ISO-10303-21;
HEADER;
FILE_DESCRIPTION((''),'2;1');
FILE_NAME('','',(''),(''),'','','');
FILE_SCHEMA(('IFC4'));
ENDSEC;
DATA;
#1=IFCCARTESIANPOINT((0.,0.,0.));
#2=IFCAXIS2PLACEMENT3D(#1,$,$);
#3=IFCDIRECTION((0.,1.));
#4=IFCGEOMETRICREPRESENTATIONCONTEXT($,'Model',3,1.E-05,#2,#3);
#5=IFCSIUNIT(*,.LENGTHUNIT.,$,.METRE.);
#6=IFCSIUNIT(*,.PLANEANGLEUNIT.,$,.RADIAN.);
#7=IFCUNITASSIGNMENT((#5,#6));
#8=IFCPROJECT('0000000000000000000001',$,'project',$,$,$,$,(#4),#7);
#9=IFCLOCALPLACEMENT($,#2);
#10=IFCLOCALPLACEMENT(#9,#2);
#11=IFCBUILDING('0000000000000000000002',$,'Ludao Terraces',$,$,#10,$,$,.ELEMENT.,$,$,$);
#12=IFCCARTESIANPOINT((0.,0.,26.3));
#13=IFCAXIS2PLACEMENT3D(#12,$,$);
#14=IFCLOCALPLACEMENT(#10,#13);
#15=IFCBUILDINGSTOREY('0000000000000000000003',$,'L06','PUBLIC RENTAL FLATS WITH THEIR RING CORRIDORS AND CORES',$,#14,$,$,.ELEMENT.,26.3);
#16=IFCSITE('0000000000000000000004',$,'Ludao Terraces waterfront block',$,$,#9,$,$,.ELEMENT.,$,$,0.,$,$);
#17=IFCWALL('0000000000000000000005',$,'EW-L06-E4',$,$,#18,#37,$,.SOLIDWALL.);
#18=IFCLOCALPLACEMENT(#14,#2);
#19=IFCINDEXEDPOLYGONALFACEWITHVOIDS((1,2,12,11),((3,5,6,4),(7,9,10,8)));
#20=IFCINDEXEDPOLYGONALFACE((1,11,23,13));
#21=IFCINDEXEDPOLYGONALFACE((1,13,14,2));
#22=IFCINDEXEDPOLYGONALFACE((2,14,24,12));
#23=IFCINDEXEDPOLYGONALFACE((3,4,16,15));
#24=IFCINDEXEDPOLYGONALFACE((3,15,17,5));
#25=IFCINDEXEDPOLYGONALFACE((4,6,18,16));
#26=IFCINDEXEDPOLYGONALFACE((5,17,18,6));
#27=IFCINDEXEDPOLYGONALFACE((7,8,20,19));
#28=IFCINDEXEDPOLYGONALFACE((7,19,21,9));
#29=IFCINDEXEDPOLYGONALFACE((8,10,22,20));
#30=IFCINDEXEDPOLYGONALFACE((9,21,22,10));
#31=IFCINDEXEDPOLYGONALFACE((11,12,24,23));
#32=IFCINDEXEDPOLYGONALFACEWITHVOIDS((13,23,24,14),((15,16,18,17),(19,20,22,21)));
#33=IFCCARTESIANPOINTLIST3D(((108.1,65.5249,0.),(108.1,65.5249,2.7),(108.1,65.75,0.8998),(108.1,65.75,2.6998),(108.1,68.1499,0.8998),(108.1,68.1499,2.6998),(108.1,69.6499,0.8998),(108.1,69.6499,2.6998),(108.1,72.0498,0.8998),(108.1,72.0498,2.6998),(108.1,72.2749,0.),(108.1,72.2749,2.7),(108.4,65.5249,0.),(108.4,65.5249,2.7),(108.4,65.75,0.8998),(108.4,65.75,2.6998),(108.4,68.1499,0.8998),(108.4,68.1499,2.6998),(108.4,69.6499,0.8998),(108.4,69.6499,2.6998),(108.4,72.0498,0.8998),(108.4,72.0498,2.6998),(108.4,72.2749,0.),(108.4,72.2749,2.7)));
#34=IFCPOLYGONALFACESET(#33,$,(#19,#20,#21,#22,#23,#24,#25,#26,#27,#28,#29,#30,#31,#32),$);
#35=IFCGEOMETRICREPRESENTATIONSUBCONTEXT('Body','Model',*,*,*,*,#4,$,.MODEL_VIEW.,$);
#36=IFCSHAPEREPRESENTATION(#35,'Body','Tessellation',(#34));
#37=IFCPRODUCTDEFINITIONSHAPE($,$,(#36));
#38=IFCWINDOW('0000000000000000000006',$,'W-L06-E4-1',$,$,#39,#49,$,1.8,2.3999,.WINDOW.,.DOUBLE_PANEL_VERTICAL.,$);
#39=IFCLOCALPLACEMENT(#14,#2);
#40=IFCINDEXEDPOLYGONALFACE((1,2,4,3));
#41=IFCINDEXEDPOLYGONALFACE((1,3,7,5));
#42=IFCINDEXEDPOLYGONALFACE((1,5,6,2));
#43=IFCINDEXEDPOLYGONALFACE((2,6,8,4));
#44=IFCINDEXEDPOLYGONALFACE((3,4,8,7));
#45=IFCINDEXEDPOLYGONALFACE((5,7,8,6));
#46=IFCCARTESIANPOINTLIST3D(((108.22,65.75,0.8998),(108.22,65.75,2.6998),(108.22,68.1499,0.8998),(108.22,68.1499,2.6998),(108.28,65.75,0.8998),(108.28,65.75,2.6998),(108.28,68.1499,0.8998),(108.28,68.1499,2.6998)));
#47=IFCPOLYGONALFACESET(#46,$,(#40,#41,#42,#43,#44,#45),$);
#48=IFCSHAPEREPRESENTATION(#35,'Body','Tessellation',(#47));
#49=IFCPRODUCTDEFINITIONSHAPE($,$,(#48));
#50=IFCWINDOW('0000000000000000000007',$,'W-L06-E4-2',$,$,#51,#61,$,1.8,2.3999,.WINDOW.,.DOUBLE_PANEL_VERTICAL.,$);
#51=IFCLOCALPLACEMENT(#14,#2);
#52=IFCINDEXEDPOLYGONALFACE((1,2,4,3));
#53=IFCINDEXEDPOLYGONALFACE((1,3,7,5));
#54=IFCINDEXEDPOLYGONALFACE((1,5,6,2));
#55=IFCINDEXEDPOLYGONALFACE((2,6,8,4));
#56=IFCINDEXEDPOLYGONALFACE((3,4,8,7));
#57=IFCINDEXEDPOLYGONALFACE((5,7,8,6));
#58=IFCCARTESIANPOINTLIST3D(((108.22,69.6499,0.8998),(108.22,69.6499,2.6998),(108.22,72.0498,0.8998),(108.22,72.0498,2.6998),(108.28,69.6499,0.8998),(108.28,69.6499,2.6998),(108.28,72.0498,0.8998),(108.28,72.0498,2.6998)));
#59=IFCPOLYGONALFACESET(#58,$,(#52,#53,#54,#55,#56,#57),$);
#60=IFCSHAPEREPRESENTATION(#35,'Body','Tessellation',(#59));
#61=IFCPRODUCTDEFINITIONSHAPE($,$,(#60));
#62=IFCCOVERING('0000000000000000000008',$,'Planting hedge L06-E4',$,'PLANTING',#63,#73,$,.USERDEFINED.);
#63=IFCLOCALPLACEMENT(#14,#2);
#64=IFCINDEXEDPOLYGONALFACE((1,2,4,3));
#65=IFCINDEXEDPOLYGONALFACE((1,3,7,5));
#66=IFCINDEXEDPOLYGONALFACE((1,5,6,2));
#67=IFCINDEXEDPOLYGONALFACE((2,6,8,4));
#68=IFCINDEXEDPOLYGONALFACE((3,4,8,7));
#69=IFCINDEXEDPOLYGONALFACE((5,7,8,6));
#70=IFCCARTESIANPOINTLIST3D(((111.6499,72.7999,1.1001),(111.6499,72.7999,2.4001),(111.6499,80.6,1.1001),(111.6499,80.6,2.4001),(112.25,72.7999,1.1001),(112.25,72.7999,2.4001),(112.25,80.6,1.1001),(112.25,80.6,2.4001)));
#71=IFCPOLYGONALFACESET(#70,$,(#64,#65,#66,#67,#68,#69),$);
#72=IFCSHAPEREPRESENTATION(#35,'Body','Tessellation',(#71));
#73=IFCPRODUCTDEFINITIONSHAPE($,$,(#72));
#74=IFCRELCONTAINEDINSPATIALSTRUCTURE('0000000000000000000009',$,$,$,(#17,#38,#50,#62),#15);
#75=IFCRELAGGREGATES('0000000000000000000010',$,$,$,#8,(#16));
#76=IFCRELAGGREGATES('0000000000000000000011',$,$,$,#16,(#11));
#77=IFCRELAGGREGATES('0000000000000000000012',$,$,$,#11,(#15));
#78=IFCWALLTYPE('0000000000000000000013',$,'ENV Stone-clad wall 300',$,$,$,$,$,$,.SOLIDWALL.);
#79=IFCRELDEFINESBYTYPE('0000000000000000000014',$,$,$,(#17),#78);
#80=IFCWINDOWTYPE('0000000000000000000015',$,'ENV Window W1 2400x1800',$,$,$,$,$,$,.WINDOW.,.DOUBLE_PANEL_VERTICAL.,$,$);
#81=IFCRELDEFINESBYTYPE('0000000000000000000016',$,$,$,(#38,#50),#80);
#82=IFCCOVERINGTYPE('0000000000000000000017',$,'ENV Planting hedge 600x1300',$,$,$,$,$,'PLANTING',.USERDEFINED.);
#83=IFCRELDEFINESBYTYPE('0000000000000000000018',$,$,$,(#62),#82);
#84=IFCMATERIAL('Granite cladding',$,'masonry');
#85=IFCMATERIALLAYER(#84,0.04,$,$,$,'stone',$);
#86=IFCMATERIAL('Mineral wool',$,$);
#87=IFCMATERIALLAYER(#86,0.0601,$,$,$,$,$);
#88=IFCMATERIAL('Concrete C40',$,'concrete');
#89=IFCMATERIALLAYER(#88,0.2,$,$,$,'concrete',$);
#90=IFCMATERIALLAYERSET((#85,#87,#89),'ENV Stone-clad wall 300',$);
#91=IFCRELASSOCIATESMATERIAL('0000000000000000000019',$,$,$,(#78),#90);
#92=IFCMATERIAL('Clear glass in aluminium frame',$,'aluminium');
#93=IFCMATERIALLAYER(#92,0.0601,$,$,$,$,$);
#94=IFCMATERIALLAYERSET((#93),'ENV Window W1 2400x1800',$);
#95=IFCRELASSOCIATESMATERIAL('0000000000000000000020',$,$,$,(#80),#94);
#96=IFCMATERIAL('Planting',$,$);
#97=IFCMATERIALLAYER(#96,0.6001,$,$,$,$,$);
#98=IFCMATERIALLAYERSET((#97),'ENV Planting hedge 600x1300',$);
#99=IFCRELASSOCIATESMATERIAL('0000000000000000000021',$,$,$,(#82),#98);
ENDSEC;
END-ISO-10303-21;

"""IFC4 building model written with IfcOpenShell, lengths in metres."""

from ifc_helpers import new_model, si_unit, direction, frame, frame_2d, origin, origin_2d, place, context, subcontext, project, spatial, rectangle, extrude, material, layer, layer_set, type_object, element, fill, save


model = new_model("IFC4")

# Units and contexts
model_context = context("Model", 3, precision=1e-05, world=origin(), true_north=direction((0.0, 1.0)))
body_context = subcontext(model_context, "Body", "Model", "MODEL_VIEW")
ifc_project = project(units=[si_unit("LENGTHUNIT", "METRE"), si_unit("PLANEANGLEUNIT", "RADIAN")], contexts=[model_context])

# Site, building, storey
site_placement = place(None, origin())
site = spatial("IfcSite", under=ifc_project, at=site_placement, Name="Ludao Terraces waterfront block", CompositionType="ELEMENT", RefElevation=0.0)
building_placement = place(site_placement, origin())
building = spatial("IfcBuilding", under=site, at=building_placement, Name="Ludao Terraces", CompositionType="ELEMENT")
storey_placement = place(building_placement, frame((0.0, 0.0, 26.3)))
storey = spatial("IfcBuildingStorey", under=building, at=storey_placement, Name="L06", Description="PUBLIC RENTAL FLATS WITH THEIR RING CORRIDORS AND CORES", CompositionType="ELEMENT", Elevation=26.3)

# Shared definitions
ifc_material_1 = material(Name="Concrete C40", Category="concrete")

# Wall, openings, windows
ifc_material_2 = material(Name="Granite cladding", Category="masonry")
ifc_layer_1 = layer(ifc_material_2, 0.04, Category="stone")
ifc_material_3 = material(Name="Mineral wool")
ifc_layer_2 = layer(ifc_material_3, 0.0601)
ifc_layer_3 = layer(ifc_material_1, 0.2, Category="concrete")
ifc_layer_set_1 = layer_set([ifc_layer_1, ifc_layer_2, ifc_layer_3], Name="ENV Stone-clad wall 300")
wall_type_1 = type_object("IfcWallType", Name="ENV Stone-clad wall 300", PredefinedType="SOLIDWALL", material=ifc_layer_set_1)
wall_1_placement = place(storey_placement, frame((108.25, 65.5249, 0.0), z_axis=(0.0, 0.0, 1.0), x_axis=(0.0, 1.0, 0.0)))
wall_1 = element("IfcWall", 1, at=wall_1_placement, inside=storey, type_object=wall_type_1, Name="EW-L06-E4", PredefinedType="SOLIDWALL", context=body_context, shape_type="SweptSolid", body=[
    extrude(rectangle(XDim=6.75, YDim=0.3, at=frame_2d((3.375, 0.0))), origin(), (0.0, 0.0, 1.0), 2.7),
])
opening_1_placement = place(wall_1_placement, frame((0.2251, 0.0, 0.8999)))
opening_1 = element("IfcOpeningElement", 2, at=opening_1_placement, cuts=wall_1, PredefinedType="OPENING", context=body_context, shape_type="SweptSolid", body=[
    extrude(rectangle(XDim=2.3999, YDim=1.8, at=frame_2d((1.2, 0.8999))), frame((0.0, 0.1602, 0.0), z_axis=(0.0, -1.0, 0.0), x_axis=(1.0, 0.0, 0.0)), (0.0, 0.0, 1.0), 0.3201),
])
opening_2_placement = place(wall_1_placement, frame((4.125, 0.0, 0.8999)))
opening_2 = element("IfcOpeningElement", 3, at=opening_2_placement, cuts=wall_1, PredefinedType="OPENING", context=body_context, shape_type="SweptSolid", body=[
    extrude(rectangle(XDim=2.3999, YDim=1.8, at=frame_2d((1.2, 0.8999))), frame((0.0, 0.1602, 0.0), z_axis=(0.0, -1.0, 0.0), x_axis=(1.0, 0.0, 0.0)), (0.0, 0.0, 1.0), 0.3201),
])
ifc_material_4 = material(Name="Clear glass in aluminium frame", Category="aluminium")
ifc_layer_4 = layer(ifc_material_4, 0.0601)
ifc_layer_set_2 = layer_set([ifc_layer_4], Name="ENV Window W1 2400x1800")
window_type = type_object("IfcWindowType", Name="ENV Window W1 2400x1800", PartitioningType="DOUBLE_PANEL_VERTICAL", PredefinedType="WINDOW", material=ifc_layer_set_2)
window_1_placement = place(opening_1_placement, origin())
window_1 = element("IfcWindow", 4, at=window_1_placement, inside=storey, type_object=window_type, Name="W-L06-E4-1", OverallHeight=1.8, OverallWidth=2.3999, PartitioningType="DOUBLE_PANEL_VERTICAL", PredefinedType="WINDOW", context=body_context, shape_type="SweptSolid", body=[
    extrude(rectangle(XDim=2.3999, YDim=1.8, at=frame_2d((1.2, 0.8999))), frame((0.0, 0.03, 0.0), z_axis=(0.0, -1.0, 0.0), x_axis=(1.0, 0.0, 0.0)), (0.0, 0.0, 1.0), 0.0601),
])
fill(opening_1, window_1)
window_2_placement = place(opening_2_placement, origin())
window_2 = element("IfcWindow", 5, at=window_2_placement, inside=storey, type_object=window_type, Name="W-L06-E4-2", OverallHeight=1.8, OverallWidth=2.3999, PartitioningType="DOUBLE_PANEL_VERTICAL", PredefinedType="WINDOW", context=body_context, shape_type="SweptSolid", body=[
    extrude(rectangle(XDim=2.3999, YDim=1.8, at=frame_2d((1.2, 0.8999))), frame((0.0, 0.03, 0.0), z_axis=(0.0, -1.0, 0.0), x_axis=(1.0, 0.0, 0.0)), (0.0, 0.0, 1.0), 0.0601),
])
fill(opening_2, window_2)

# Covering
ifc_material_5 = material(Name="Planting")
ifc_layer_5 = layer(ifc_material_5, 0.6001)
ifc_layer_set_3 = layer_set([ifc_layer_5], Name="ENV Planting hedge 600x1300")
covering_type = type_object("IfcCoveringType", Name="ENV Planting hedge 600x1300", ElementType="PLANTING", PredefinedType="USERDEFINED", material=ifc_layer_set_3)
covering_placement = place(storey_placement, frame((111.95, 76.7, 1.1001), z_axis=(0.0, 0.0, 1.0), x_axis=(1.0, 0.0, 0.0)))
element("IfcCovering", 6, at=covering_placement, inside=storey, type_object=covering_type, Name="Planting hedge L06-E4", ObjectType="PLANTING", PredefinedType="USERDEFINED", context=body_context, shape_type="SweptSolid", body=[
    extrude(rectangle(XDim=0.6001, YDim=7.8, at=origin_2d()), origin(), (0.0, 0.0, 1.0), 1.3),
])

save(model, "model.ifc")
